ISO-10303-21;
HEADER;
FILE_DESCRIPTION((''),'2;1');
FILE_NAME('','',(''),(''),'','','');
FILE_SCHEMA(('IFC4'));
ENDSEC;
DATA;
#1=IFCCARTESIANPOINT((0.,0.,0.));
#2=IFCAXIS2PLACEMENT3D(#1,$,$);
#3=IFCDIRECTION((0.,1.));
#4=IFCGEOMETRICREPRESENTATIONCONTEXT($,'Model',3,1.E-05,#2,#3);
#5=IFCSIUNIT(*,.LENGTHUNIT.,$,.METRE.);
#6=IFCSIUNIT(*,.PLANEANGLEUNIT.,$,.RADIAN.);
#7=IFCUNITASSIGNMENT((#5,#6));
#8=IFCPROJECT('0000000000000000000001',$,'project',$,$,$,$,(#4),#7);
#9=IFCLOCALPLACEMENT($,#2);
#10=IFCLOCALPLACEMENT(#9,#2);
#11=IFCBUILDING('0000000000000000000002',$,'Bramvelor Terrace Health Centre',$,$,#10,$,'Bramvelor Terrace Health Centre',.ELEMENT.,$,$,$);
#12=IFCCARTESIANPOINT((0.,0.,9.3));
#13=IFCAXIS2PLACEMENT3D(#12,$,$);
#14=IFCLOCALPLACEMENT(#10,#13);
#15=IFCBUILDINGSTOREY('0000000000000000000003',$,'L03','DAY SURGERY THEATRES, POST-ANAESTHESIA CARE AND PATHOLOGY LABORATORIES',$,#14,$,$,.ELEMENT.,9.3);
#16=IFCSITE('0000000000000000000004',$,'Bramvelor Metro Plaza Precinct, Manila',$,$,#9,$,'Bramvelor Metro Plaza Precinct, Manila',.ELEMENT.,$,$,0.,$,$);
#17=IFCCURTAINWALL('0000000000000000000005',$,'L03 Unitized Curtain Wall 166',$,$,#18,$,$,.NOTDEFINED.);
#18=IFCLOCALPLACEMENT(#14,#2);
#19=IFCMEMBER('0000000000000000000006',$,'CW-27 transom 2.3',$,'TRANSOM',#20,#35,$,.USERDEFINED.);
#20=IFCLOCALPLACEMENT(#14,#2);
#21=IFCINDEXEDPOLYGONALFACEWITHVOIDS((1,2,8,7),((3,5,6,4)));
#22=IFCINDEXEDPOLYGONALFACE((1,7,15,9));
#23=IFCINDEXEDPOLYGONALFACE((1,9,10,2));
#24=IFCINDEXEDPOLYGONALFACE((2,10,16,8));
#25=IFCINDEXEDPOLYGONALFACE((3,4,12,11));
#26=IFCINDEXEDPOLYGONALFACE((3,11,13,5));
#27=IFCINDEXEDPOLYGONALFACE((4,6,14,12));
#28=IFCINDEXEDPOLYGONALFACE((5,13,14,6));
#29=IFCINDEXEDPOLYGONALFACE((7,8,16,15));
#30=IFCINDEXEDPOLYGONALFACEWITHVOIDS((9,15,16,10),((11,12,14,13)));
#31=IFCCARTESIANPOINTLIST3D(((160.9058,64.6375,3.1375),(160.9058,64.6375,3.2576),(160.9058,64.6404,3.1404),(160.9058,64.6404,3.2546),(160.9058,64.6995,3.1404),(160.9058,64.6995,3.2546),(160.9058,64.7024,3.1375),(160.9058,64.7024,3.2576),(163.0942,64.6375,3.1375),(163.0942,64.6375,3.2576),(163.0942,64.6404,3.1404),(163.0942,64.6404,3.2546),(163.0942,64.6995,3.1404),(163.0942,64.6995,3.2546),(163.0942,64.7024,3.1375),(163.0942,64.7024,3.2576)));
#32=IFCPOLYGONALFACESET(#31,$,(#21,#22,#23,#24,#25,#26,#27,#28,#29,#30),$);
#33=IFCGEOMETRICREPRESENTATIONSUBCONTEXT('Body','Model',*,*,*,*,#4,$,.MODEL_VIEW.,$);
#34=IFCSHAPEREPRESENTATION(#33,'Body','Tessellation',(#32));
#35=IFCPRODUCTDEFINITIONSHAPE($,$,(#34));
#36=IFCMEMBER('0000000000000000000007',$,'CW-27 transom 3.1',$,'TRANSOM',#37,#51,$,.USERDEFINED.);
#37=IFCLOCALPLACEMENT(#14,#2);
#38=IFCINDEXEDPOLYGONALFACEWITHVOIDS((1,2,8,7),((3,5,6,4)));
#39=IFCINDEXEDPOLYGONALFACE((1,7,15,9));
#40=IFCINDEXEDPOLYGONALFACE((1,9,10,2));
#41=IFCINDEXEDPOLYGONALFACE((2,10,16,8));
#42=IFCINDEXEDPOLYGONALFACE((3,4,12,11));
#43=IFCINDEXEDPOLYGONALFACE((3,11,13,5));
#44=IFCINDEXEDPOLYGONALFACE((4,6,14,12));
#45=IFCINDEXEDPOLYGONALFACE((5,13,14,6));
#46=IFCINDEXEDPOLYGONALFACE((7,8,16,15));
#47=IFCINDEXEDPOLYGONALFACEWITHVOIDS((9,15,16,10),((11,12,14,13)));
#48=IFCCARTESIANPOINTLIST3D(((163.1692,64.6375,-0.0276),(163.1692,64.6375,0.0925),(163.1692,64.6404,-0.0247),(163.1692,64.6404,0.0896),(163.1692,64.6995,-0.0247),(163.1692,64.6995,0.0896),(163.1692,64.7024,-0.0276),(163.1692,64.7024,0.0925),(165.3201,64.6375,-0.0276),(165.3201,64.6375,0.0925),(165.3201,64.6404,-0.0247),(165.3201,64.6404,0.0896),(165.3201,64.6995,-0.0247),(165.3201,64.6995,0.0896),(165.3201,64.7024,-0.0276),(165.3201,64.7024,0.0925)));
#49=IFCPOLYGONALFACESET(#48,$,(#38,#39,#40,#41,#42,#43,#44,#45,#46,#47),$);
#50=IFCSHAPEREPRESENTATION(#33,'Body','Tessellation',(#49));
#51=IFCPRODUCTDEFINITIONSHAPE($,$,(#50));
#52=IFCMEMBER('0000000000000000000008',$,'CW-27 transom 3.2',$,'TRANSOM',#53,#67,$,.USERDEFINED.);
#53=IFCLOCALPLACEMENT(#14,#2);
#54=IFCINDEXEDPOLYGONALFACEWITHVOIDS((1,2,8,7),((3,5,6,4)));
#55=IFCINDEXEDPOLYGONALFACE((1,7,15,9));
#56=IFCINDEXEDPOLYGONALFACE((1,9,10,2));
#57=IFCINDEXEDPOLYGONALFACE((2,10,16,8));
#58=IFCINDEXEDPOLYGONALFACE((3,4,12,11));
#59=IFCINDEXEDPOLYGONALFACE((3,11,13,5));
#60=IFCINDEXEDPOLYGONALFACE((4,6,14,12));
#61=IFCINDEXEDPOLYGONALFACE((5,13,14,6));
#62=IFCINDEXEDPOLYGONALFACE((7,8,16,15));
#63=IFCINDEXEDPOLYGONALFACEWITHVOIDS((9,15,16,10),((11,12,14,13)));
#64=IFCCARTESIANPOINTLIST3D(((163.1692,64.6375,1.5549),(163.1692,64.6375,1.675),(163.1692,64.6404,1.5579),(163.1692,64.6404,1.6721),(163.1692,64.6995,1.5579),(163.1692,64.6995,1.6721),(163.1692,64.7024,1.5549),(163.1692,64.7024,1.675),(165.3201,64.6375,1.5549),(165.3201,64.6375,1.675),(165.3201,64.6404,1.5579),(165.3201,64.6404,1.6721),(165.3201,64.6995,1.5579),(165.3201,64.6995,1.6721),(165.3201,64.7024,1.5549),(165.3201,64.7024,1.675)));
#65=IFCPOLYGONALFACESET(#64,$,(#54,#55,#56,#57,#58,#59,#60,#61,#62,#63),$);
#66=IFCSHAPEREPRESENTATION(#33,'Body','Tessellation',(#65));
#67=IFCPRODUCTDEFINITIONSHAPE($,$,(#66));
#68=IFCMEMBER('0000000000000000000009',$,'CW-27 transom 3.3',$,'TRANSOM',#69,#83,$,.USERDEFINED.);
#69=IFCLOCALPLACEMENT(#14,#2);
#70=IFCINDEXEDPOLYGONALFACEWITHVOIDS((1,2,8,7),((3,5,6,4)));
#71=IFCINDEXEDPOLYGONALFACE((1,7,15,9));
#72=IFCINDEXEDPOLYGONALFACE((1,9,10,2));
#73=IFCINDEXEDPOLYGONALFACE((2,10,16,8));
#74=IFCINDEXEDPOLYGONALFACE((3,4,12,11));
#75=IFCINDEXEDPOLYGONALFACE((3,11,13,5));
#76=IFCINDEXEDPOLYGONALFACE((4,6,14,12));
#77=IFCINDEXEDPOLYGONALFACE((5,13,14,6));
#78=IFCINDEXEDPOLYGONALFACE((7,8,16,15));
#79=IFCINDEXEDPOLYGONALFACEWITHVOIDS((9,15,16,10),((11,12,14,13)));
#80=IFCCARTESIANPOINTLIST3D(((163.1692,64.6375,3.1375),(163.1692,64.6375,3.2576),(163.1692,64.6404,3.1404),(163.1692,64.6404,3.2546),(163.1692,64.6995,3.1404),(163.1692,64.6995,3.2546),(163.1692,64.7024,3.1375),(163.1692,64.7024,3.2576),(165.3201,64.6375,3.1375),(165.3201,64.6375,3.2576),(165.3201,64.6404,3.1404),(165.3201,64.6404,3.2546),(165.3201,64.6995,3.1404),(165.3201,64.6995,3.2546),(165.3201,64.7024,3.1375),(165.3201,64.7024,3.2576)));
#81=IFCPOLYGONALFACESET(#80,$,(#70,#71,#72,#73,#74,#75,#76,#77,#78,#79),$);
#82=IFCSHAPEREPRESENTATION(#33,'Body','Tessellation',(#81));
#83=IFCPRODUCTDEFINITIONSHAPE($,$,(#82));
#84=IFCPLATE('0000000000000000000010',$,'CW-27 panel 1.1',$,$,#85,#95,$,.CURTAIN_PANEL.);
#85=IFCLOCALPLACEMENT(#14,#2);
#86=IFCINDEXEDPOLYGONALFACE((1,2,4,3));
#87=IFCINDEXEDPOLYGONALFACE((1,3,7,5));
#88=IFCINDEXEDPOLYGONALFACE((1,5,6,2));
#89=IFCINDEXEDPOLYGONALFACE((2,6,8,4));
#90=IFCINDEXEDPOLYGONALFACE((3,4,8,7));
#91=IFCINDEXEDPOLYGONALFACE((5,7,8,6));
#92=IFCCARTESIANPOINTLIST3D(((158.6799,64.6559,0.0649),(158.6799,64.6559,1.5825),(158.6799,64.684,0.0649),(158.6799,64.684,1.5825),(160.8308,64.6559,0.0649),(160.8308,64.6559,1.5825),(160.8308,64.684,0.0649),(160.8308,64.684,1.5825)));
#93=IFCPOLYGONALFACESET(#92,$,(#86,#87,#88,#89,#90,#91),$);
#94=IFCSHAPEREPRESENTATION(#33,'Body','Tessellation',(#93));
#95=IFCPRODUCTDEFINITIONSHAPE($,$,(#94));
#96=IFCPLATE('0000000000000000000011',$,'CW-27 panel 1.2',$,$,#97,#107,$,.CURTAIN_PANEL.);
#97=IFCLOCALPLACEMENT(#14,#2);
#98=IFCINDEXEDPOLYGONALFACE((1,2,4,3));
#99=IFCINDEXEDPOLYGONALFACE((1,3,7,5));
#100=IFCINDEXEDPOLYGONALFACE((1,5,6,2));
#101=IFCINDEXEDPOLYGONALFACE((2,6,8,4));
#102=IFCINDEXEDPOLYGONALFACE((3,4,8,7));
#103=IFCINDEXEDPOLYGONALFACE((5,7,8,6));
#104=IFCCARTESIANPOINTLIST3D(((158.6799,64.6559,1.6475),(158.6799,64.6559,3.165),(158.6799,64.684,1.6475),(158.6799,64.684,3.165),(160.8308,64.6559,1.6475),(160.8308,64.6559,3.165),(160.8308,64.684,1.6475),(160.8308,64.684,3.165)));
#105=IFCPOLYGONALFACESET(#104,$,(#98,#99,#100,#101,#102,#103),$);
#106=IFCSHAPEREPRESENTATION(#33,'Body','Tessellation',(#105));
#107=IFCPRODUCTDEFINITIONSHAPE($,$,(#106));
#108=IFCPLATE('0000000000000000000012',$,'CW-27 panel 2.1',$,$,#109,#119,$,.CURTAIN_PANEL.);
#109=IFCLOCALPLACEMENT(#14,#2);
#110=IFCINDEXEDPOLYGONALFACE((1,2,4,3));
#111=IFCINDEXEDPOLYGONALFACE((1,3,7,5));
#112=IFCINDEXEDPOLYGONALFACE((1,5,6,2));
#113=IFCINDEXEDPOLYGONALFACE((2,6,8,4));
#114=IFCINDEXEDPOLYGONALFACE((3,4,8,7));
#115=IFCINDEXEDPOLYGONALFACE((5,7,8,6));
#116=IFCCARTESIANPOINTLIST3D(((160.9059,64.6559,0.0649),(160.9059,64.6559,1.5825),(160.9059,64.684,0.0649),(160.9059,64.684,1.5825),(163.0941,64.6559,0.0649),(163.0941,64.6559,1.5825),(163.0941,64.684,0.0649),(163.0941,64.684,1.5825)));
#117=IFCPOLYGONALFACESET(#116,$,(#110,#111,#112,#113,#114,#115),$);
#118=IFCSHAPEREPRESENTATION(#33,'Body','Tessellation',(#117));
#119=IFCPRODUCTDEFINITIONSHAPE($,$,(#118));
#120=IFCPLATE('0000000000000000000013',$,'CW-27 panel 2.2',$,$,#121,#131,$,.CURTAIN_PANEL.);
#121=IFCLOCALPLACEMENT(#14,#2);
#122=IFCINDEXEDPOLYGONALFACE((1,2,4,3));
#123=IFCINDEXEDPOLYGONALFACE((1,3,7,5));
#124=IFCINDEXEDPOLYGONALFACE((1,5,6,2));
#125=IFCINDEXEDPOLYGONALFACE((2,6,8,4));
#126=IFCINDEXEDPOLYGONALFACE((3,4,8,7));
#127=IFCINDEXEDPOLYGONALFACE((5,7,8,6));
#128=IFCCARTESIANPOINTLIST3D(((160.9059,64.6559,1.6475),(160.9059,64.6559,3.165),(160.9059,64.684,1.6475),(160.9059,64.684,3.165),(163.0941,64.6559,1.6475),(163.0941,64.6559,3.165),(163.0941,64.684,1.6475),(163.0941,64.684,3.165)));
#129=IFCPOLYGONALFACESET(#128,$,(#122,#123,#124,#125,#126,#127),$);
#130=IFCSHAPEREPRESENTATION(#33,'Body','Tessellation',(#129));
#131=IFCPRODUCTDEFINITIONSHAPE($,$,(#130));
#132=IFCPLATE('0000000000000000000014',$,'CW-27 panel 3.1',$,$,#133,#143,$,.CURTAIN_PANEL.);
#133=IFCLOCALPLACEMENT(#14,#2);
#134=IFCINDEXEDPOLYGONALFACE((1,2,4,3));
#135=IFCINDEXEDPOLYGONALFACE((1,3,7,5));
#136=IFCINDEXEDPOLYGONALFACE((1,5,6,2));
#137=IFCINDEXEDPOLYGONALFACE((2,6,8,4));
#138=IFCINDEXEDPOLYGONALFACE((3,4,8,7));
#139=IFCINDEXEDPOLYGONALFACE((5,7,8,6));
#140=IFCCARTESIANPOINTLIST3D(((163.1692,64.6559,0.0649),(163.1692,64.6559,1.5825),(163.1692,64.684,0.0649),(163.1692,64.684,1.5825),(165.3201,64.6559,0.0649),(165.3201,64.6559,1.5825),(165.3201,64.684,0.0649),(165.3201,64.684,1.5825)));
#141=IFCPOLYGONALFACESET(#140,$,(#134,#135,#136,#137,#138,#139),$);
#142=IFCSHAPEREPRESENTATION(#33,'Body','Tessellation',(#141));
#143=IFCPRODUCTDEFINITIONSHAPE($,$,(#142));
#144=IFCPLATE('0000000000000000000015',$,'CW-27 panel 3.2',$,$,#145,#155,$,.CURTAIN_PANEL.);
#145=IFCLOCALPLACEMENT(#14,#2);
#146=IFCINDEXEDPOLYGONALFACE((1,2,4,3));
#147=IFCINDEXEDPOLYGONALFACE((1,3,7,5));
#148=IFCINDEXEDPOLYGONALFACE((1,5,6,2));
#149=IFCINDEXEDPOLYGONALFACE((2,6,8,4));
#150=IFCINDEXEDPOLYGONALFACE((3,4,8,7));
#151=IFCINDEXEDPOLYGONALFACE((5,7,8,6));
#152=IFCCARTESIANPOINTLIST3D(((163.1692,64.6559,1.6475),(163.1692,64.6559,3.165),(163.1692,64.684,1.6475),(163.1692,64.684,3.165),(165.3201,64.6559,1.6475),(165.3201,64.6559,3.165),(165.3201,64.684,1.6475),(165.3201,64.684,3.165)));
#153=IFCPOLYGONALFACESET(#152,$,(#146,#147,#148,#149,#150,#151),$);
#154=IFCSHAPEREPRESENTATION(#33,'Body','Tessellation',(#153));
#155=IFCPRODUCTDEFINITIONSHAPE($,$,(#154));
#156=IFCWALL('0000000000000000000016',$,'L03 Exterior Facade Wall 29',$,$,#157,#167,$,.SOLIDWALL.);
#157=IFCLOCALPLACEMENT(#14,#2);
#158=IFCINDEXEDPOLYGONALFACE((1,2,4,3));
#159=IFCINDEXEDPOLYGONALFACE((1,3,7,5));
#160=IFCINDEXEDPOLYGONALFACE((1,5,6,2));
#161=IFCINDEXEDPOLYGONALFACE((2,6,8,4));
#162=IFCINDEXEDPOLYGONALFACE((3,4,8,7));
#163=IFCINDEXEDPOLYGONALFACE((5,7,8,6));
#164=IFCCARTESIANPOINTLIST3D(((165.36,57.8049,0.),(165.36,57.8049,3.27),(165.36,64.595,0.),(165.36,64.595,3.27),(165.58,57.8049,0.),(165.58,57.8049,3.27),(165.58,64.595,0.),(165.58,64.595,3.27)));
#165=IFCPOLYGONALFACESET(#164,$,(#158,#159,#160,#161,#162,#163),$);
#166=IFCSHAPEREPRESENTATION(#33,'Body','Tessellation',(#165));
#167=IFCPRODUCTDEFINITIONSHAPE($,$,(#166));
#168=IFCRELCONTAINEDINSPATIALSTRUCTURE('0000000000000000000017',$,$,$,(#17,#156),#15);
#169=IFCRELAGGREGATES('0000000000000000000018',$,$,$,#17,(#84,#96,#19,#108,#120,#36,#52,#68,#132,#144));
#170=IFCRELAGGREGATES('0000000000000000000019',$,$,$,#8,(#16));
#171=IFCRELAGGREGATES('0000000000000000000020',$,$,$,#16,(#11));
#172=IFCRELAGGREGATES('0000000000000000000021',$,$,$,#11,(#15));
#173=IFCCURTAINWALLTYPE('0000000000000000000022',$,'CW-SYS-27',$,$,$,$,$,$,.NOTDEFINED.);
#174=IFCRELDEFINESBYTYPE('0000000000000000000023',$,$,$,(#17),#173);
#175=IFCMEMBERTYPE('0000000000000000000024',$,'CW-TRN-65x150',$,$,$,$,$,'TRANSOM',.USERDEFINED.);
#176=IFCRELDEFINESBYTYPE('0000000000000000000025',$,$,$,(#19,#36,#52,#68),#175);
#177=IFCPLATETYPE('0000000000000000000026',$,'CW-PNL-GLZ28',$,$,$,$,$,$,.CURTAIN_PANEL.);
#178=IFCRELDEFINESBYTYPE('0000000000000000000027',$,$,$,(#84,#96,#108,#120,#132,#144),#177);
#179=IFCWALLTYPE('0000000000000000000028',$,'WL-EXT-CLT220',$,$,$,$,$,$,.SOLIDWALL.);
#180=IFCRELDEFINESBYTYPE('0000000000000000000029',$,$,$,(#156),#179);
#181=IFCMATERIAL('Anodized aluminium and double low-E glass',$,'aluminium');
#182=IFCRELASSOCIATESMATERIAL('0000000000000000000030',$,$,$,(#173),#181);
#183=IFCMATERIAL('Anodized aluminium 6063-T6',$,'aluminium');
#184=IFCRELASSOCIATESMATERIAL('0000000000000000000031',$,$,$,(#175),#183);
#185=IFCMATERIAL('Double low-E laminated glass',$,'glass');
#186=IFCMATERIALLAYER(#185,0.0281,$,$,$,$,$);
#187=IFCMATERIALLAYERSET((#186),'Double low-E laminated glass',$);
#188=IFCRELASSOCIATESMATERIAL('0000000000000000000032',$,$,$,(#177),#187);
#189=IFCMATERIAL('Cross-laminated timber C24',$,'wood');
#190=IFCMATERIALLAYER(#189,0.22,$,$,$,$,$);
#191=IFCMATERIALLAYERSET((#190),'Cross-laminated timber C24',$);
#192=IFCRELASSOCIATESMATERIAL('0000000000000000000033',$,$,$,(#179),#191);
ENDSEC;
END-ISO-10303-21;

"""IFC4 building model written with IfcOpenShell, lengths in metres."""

from ifc_helpers import new_model, si_unit, direction, frame, frame_2d, origin, origin_2d, place, context, subcontext, project, spatial, rectangle, hollow_rectangle, extrude, material, layer, layer_set, material_profile, profile_set, type_object, element, aggregate, save


model = new_model("IFC4")

# Units and contexts
model_context = context("Model", 3, precision=1e-05, world=origin(), true_north=direction((0.0, 1.0)))
body_context = subcontext(model_context, "Body", "Model", "MODEL_VIEW")
ifc_project = project(units=[si_unit("LENGTHUNIT", "METRE"), si_unit("PLANEANGLEUNIT", "RADIAN")], contexts=[model_context])

# Site, building, storey
site_placement = place(None, origin())
site = spatial("IfcSite", under=ifc_project, at=site_placement, Name="Bramvelor Metro Plaza Precinct, Manila", LongName="Bramvelor Metro Plaza Precinct, Manila", CompositionType="ELEMENT", RefElevation=0.0)
building_placement = place(site_placement, origin())
building = spatial("IfcBuilding", under=site, at=building_placement, Name="Bramvelor Terrace Health Centre", LongName="Bramvelor Terrace Health Centre", CompositionType="ELEMENT")
storey_placement = place(building_placement, frame((0.0, 0.0, 9.3)))
storey = spatial("IfcBuildingStorey", under=building, at=storey_placement, Name="L03", Description="DAY SURGERY THEATRES, POST-ANAESTHESIA CARE AND PATHOLOGY LABORATORIES", CompositionType="ELEMENT", Elevation=9.3)

# Curtain wall, members, plates
ifc_material_1 = material(Name="Anodized aluminium and double low-E glass", Category="aluminium")
curtain_wall_type = type_object("IfcCurtainWallType", Name="CW-SYS-27", PredefinedType="NOTDEFINED", material=ifc_material_1)
curtain_wall_placement = place(storey_placement, origin())
curtain_wall = element("IfcCurtainWall", 1, at=curtain_wall_placement, inside=storey, type_object=curtain_wall_type, Name="L03 Unitized Curtain Wall 166", PredefinedType="NOTDEFINED")
ifc_material_2 = material(Name="Anodized aluminium 6063-T6", Category="aluminium")
ifc_material_profile_1 = material_profile(ifc_material_2, hollow_rectangle(XDim=0.0649, YDim=0.1201, WallThickness=0.0029, at=origin_2d()), Name="ALU-TRN 65x120x3.0")
ifc_profile_set_1 = profile_set([ifc_material_profile_1], Name="Anodized aluminium 6063-T6")
member_type_1 = type_object("IfcMemberType", Name="CW-TRN-65x150", ElementType="TRANSOM", PredefinedType="USERDEFINED", material=ifc_profile_set_1)
member_1_placement = place(storey_placement, frame((160.9058, 64.6699, 3.1975), z_axis=(1.0, 0.0, 0.0), x_axis=(0.0, 1.0, 0.0)))
member_1 = element("IfcMember", 2, at=member_1_placement, type_object=member_type_1, Name="CW-27 transom 2.3", ObjectType="TRANSOM", PredefinedType="USERDEFINED", context=body_context, shape_type="SweptSolid", body=[
    extrude(hollow_rectangle(XDim=0.0649, YDim=0.1201, WallThickness=0.0029, at=origin_2d()), origin(), (0.0, 0.0, 1.0), 2.1885),
])
member_2_placement = place(storey_placement, frame((163.1692, 64.6699, 0.0325), z_axis=(1.0, 0.0, 0.0), x_axis=(0.0, 1.0, 0.0)))
member_2 = element("IfcMember", 3, at=member_2_placement, type_object=member_type_1, Name="CW-27 transom 3.1", ObjectType="TRANSOM", PredefinedType="USERDEFINED", context=body_context, shape_type="SweptSolid", body=[
    extrude(hollow_rectangle(XDim=0.0649, YDim=0.1201, WallThickness=0.0029, at=origin_2d()), origin(), (0.0, 0.0, 1.0), 2.1509),
])
member_3_placement = place(storey_placement, frame((163.1692, 64.6699, 1.615), z_axis=(1.0, 0.0, 0.0), x_axis=(0.0, 1.0, 0.0)))
member_3 = element("IfcMember", 4, at=member_3_placement, type_object=member_type_1, Name="CW-27 transom 3.2", ObjectType="TRANSOM", PredefinedType="USERDEFINED", context=body_context, shape_type="SweptSolid", body=[
    extrude(hollow_rectangle(XDim=0.0649, YDim=0.1201, WallThickness=0.0029, at=origin_2d()), origin(), (0.0, 0.0, 1.0), 2.1509),
])
member_4_placement = place(storey_placement, frame((163.1692, 64.6699, 3.1975), z_axis=(1.0, 0.0, 0.0), x_axis=(0.0, 1.0, 0.0)))
member_4 = element("IfcMember", 5, at=member_4_placement, type_object=member_type_1, Name="CW-27 transom 3.3", ObjectType="TRANSOM", PredefinedType="USERDEFINED", context=body_context, shape_type="SweptSolid", body=[
    extrude(hollow_rectangle(XDim=0.0649, YDim=0.1201, WallThickness=0.0029, at=origin_2d()), origin(), (0.0, 0.0, 1.0), 2.1509),
])
ifc_material_3 = material(Name="Double low-E laminated glass", Category="glass")
ifc_layer_1 = layer(ifc_material_3, 0.0281)
ifc_layer_set_1 = layer_set([ifc_layer_1], Name="Double low-E laminated glass")
plate_type = type_object("IfcPlateType", Name="CW-PNL-GLZ28", PredefinedType="CURTAIN_PANEL", material=ifc_layer_set_1)
plate_1_placement = place(storey_placement, frame((159.7554, 64.6699, 0.0649), z_axis=(0.0, 0.0, 1.0), x_axis=(1.0, 0.0, 0.0)))
plate_1 = element("IfcPlate", 6, at=plate_1_placement, type_object=plate_type, Name="CW-27 panel 1.1", PredefinedType="CURTAIN_PANEL", context=body_context, shape_type="SweptSolid", body=[
    extrude(rectangle(XDim=2.1509, YDim=0.0281, at=origin_2d()), origin(), (0.0, 0.0, 1.0), 1.5176),
])
plate_2_placement = place(storey_placement, frame((159.7554, 64.6699, 1.6475), z_axis=(0.0, 0.0, 1.0), x_axis=(1.0, 0.0, 0.0)))
plate_2 = element("IfcPlate", 7, at=plate_2_placement, type_object=plate_type, Name="CW-27 panel 1.2", PredefinedType="CURTAIN_PANEL", context=body_context, shape_type="SweptSolid", body=[
    extrude(rectangle(XDim=2.1509, YDim=0.0281, at=origin_2d()), origin(), (0.0, 0.0, 1.0), 1.5176),
])
plate_3_placement = place(storey_placement, frame((162.0, 64.6699, 0.0649), z_axis=(0.0, 0.0, 1.0), x_axis=(1.0, 0.0, 0.0)))
plate_3 = element("IfcPlate", 8, at=plate_3_placement, type_object=plate_type, Name="CW-27 panel 2.1", PredefinedType="CURTAIN_PANEL", context=body_context, shape_type="SweptSolid", body=[
    extrude(rectangle(XDim=2.1882, YDim=0.0281, at=origin_2d()), origin(), (0.0, 0.0, 1.0), 1.5176),
])
plate_4_placement = place(storey_placement, frame((162.0, 64.6699, 1.6475), z_axis=(0.0, 0.0, 1.0), x_axis=(1.0, 0.0, 0.0)))
plate_4 = element("IfcPlate", 9, at=plate_4_placement, type_object=plate_type, Name="CW-27 panel 2.2", PredefinedType="CURTAIN_PANEL", context=body_context, shape_type="SweptSolid", body=[
    extrude(rectangle(XDim=2.1882, YDim=0.0281, at=origin_2d()), origin(), (0.0, 0.0, 1.0), 1.5176),
])
plate_5_placement = place(storey_placement, frame((164.2446, 64.6699, 0.0649), z_axis=(0.0, 0.0, 1.0), x_axis=(1.0, 0.0, 0.0)))
plate_5 = element("IfcPlate", 10, at=plate_5_placement, type_object=plate_type, Name="CW-27 panel 3.1", PredefinedType="CURTAIN_PANEL", context=body_context, shape_type="SweptSolid", body=[
    extrude(rectangle(XDim=2.1509, YDim=0.0281, at=origin_2d()), origin(), (0.0, 0.0, 1.0), 1.5176),
])
plate_6_placement = place(storey_placement, frame((164.2446, 64.6699, 1.6475), z_axis=(0.0, 0.0, 1.0), x_axis=(1.0, 0.0, 0.0)))
plate_6 = element("IfcPlate", 11, at=plate_6_placement, type_object=plate_type, Name="CW-27 panel 3.2", PredefinedType="CURTAIN_PANEL", context=body_context, shape_type="SweptSolid", body=[
    extrude(rectangle(XDim=2.1509, YDim=0.0281, at=origin_2d()), origin(), (0.0, 0.0, 1.0), 1.5176),
])
aggregate(curtain_wall, [plate_1, plate_2, member_1, plate_3, plate_4, member_2, member_3, member_4, plate_5, plate_6])

# Wall
ifc_material_4 = material(Name="Cross-laminated timber C24", Category="wood")
ifc_layer_2 = layer(ifc_material_4, 0.22)
ifc_layer_set_2 = layer_set([ifc_layer_2], Name="Cross-laminated timber C24")
wall_type = type_object("IfcWallType", Name="WL-EXT-CLT220", PredefinedType="SOLIDWALL", material=ifc_layer_set_2)
wall_placement = place(storey_placement, frame((165.47, 64.595, 0.0), z_axis=(0.0, 0.0, 1.0), x_axis=(0.0, -1.0, 0.0)))
element("IfcWall", 12, at=wall_placement, inside=storey, type_object=wall_type, Name="L03 Exterior Facade Wall 29", PredefinedType="SOLIDWALL", context=body_context, shape_type="SweptSolid", body=[
    extrude(rectangle(XDim=6.79, YDim=0.22, at=frame_2d((3.395, 0.0))), origin(), (0.0, 0.0, 1.0), 3.27),
])

save(model, "model.ifc")
